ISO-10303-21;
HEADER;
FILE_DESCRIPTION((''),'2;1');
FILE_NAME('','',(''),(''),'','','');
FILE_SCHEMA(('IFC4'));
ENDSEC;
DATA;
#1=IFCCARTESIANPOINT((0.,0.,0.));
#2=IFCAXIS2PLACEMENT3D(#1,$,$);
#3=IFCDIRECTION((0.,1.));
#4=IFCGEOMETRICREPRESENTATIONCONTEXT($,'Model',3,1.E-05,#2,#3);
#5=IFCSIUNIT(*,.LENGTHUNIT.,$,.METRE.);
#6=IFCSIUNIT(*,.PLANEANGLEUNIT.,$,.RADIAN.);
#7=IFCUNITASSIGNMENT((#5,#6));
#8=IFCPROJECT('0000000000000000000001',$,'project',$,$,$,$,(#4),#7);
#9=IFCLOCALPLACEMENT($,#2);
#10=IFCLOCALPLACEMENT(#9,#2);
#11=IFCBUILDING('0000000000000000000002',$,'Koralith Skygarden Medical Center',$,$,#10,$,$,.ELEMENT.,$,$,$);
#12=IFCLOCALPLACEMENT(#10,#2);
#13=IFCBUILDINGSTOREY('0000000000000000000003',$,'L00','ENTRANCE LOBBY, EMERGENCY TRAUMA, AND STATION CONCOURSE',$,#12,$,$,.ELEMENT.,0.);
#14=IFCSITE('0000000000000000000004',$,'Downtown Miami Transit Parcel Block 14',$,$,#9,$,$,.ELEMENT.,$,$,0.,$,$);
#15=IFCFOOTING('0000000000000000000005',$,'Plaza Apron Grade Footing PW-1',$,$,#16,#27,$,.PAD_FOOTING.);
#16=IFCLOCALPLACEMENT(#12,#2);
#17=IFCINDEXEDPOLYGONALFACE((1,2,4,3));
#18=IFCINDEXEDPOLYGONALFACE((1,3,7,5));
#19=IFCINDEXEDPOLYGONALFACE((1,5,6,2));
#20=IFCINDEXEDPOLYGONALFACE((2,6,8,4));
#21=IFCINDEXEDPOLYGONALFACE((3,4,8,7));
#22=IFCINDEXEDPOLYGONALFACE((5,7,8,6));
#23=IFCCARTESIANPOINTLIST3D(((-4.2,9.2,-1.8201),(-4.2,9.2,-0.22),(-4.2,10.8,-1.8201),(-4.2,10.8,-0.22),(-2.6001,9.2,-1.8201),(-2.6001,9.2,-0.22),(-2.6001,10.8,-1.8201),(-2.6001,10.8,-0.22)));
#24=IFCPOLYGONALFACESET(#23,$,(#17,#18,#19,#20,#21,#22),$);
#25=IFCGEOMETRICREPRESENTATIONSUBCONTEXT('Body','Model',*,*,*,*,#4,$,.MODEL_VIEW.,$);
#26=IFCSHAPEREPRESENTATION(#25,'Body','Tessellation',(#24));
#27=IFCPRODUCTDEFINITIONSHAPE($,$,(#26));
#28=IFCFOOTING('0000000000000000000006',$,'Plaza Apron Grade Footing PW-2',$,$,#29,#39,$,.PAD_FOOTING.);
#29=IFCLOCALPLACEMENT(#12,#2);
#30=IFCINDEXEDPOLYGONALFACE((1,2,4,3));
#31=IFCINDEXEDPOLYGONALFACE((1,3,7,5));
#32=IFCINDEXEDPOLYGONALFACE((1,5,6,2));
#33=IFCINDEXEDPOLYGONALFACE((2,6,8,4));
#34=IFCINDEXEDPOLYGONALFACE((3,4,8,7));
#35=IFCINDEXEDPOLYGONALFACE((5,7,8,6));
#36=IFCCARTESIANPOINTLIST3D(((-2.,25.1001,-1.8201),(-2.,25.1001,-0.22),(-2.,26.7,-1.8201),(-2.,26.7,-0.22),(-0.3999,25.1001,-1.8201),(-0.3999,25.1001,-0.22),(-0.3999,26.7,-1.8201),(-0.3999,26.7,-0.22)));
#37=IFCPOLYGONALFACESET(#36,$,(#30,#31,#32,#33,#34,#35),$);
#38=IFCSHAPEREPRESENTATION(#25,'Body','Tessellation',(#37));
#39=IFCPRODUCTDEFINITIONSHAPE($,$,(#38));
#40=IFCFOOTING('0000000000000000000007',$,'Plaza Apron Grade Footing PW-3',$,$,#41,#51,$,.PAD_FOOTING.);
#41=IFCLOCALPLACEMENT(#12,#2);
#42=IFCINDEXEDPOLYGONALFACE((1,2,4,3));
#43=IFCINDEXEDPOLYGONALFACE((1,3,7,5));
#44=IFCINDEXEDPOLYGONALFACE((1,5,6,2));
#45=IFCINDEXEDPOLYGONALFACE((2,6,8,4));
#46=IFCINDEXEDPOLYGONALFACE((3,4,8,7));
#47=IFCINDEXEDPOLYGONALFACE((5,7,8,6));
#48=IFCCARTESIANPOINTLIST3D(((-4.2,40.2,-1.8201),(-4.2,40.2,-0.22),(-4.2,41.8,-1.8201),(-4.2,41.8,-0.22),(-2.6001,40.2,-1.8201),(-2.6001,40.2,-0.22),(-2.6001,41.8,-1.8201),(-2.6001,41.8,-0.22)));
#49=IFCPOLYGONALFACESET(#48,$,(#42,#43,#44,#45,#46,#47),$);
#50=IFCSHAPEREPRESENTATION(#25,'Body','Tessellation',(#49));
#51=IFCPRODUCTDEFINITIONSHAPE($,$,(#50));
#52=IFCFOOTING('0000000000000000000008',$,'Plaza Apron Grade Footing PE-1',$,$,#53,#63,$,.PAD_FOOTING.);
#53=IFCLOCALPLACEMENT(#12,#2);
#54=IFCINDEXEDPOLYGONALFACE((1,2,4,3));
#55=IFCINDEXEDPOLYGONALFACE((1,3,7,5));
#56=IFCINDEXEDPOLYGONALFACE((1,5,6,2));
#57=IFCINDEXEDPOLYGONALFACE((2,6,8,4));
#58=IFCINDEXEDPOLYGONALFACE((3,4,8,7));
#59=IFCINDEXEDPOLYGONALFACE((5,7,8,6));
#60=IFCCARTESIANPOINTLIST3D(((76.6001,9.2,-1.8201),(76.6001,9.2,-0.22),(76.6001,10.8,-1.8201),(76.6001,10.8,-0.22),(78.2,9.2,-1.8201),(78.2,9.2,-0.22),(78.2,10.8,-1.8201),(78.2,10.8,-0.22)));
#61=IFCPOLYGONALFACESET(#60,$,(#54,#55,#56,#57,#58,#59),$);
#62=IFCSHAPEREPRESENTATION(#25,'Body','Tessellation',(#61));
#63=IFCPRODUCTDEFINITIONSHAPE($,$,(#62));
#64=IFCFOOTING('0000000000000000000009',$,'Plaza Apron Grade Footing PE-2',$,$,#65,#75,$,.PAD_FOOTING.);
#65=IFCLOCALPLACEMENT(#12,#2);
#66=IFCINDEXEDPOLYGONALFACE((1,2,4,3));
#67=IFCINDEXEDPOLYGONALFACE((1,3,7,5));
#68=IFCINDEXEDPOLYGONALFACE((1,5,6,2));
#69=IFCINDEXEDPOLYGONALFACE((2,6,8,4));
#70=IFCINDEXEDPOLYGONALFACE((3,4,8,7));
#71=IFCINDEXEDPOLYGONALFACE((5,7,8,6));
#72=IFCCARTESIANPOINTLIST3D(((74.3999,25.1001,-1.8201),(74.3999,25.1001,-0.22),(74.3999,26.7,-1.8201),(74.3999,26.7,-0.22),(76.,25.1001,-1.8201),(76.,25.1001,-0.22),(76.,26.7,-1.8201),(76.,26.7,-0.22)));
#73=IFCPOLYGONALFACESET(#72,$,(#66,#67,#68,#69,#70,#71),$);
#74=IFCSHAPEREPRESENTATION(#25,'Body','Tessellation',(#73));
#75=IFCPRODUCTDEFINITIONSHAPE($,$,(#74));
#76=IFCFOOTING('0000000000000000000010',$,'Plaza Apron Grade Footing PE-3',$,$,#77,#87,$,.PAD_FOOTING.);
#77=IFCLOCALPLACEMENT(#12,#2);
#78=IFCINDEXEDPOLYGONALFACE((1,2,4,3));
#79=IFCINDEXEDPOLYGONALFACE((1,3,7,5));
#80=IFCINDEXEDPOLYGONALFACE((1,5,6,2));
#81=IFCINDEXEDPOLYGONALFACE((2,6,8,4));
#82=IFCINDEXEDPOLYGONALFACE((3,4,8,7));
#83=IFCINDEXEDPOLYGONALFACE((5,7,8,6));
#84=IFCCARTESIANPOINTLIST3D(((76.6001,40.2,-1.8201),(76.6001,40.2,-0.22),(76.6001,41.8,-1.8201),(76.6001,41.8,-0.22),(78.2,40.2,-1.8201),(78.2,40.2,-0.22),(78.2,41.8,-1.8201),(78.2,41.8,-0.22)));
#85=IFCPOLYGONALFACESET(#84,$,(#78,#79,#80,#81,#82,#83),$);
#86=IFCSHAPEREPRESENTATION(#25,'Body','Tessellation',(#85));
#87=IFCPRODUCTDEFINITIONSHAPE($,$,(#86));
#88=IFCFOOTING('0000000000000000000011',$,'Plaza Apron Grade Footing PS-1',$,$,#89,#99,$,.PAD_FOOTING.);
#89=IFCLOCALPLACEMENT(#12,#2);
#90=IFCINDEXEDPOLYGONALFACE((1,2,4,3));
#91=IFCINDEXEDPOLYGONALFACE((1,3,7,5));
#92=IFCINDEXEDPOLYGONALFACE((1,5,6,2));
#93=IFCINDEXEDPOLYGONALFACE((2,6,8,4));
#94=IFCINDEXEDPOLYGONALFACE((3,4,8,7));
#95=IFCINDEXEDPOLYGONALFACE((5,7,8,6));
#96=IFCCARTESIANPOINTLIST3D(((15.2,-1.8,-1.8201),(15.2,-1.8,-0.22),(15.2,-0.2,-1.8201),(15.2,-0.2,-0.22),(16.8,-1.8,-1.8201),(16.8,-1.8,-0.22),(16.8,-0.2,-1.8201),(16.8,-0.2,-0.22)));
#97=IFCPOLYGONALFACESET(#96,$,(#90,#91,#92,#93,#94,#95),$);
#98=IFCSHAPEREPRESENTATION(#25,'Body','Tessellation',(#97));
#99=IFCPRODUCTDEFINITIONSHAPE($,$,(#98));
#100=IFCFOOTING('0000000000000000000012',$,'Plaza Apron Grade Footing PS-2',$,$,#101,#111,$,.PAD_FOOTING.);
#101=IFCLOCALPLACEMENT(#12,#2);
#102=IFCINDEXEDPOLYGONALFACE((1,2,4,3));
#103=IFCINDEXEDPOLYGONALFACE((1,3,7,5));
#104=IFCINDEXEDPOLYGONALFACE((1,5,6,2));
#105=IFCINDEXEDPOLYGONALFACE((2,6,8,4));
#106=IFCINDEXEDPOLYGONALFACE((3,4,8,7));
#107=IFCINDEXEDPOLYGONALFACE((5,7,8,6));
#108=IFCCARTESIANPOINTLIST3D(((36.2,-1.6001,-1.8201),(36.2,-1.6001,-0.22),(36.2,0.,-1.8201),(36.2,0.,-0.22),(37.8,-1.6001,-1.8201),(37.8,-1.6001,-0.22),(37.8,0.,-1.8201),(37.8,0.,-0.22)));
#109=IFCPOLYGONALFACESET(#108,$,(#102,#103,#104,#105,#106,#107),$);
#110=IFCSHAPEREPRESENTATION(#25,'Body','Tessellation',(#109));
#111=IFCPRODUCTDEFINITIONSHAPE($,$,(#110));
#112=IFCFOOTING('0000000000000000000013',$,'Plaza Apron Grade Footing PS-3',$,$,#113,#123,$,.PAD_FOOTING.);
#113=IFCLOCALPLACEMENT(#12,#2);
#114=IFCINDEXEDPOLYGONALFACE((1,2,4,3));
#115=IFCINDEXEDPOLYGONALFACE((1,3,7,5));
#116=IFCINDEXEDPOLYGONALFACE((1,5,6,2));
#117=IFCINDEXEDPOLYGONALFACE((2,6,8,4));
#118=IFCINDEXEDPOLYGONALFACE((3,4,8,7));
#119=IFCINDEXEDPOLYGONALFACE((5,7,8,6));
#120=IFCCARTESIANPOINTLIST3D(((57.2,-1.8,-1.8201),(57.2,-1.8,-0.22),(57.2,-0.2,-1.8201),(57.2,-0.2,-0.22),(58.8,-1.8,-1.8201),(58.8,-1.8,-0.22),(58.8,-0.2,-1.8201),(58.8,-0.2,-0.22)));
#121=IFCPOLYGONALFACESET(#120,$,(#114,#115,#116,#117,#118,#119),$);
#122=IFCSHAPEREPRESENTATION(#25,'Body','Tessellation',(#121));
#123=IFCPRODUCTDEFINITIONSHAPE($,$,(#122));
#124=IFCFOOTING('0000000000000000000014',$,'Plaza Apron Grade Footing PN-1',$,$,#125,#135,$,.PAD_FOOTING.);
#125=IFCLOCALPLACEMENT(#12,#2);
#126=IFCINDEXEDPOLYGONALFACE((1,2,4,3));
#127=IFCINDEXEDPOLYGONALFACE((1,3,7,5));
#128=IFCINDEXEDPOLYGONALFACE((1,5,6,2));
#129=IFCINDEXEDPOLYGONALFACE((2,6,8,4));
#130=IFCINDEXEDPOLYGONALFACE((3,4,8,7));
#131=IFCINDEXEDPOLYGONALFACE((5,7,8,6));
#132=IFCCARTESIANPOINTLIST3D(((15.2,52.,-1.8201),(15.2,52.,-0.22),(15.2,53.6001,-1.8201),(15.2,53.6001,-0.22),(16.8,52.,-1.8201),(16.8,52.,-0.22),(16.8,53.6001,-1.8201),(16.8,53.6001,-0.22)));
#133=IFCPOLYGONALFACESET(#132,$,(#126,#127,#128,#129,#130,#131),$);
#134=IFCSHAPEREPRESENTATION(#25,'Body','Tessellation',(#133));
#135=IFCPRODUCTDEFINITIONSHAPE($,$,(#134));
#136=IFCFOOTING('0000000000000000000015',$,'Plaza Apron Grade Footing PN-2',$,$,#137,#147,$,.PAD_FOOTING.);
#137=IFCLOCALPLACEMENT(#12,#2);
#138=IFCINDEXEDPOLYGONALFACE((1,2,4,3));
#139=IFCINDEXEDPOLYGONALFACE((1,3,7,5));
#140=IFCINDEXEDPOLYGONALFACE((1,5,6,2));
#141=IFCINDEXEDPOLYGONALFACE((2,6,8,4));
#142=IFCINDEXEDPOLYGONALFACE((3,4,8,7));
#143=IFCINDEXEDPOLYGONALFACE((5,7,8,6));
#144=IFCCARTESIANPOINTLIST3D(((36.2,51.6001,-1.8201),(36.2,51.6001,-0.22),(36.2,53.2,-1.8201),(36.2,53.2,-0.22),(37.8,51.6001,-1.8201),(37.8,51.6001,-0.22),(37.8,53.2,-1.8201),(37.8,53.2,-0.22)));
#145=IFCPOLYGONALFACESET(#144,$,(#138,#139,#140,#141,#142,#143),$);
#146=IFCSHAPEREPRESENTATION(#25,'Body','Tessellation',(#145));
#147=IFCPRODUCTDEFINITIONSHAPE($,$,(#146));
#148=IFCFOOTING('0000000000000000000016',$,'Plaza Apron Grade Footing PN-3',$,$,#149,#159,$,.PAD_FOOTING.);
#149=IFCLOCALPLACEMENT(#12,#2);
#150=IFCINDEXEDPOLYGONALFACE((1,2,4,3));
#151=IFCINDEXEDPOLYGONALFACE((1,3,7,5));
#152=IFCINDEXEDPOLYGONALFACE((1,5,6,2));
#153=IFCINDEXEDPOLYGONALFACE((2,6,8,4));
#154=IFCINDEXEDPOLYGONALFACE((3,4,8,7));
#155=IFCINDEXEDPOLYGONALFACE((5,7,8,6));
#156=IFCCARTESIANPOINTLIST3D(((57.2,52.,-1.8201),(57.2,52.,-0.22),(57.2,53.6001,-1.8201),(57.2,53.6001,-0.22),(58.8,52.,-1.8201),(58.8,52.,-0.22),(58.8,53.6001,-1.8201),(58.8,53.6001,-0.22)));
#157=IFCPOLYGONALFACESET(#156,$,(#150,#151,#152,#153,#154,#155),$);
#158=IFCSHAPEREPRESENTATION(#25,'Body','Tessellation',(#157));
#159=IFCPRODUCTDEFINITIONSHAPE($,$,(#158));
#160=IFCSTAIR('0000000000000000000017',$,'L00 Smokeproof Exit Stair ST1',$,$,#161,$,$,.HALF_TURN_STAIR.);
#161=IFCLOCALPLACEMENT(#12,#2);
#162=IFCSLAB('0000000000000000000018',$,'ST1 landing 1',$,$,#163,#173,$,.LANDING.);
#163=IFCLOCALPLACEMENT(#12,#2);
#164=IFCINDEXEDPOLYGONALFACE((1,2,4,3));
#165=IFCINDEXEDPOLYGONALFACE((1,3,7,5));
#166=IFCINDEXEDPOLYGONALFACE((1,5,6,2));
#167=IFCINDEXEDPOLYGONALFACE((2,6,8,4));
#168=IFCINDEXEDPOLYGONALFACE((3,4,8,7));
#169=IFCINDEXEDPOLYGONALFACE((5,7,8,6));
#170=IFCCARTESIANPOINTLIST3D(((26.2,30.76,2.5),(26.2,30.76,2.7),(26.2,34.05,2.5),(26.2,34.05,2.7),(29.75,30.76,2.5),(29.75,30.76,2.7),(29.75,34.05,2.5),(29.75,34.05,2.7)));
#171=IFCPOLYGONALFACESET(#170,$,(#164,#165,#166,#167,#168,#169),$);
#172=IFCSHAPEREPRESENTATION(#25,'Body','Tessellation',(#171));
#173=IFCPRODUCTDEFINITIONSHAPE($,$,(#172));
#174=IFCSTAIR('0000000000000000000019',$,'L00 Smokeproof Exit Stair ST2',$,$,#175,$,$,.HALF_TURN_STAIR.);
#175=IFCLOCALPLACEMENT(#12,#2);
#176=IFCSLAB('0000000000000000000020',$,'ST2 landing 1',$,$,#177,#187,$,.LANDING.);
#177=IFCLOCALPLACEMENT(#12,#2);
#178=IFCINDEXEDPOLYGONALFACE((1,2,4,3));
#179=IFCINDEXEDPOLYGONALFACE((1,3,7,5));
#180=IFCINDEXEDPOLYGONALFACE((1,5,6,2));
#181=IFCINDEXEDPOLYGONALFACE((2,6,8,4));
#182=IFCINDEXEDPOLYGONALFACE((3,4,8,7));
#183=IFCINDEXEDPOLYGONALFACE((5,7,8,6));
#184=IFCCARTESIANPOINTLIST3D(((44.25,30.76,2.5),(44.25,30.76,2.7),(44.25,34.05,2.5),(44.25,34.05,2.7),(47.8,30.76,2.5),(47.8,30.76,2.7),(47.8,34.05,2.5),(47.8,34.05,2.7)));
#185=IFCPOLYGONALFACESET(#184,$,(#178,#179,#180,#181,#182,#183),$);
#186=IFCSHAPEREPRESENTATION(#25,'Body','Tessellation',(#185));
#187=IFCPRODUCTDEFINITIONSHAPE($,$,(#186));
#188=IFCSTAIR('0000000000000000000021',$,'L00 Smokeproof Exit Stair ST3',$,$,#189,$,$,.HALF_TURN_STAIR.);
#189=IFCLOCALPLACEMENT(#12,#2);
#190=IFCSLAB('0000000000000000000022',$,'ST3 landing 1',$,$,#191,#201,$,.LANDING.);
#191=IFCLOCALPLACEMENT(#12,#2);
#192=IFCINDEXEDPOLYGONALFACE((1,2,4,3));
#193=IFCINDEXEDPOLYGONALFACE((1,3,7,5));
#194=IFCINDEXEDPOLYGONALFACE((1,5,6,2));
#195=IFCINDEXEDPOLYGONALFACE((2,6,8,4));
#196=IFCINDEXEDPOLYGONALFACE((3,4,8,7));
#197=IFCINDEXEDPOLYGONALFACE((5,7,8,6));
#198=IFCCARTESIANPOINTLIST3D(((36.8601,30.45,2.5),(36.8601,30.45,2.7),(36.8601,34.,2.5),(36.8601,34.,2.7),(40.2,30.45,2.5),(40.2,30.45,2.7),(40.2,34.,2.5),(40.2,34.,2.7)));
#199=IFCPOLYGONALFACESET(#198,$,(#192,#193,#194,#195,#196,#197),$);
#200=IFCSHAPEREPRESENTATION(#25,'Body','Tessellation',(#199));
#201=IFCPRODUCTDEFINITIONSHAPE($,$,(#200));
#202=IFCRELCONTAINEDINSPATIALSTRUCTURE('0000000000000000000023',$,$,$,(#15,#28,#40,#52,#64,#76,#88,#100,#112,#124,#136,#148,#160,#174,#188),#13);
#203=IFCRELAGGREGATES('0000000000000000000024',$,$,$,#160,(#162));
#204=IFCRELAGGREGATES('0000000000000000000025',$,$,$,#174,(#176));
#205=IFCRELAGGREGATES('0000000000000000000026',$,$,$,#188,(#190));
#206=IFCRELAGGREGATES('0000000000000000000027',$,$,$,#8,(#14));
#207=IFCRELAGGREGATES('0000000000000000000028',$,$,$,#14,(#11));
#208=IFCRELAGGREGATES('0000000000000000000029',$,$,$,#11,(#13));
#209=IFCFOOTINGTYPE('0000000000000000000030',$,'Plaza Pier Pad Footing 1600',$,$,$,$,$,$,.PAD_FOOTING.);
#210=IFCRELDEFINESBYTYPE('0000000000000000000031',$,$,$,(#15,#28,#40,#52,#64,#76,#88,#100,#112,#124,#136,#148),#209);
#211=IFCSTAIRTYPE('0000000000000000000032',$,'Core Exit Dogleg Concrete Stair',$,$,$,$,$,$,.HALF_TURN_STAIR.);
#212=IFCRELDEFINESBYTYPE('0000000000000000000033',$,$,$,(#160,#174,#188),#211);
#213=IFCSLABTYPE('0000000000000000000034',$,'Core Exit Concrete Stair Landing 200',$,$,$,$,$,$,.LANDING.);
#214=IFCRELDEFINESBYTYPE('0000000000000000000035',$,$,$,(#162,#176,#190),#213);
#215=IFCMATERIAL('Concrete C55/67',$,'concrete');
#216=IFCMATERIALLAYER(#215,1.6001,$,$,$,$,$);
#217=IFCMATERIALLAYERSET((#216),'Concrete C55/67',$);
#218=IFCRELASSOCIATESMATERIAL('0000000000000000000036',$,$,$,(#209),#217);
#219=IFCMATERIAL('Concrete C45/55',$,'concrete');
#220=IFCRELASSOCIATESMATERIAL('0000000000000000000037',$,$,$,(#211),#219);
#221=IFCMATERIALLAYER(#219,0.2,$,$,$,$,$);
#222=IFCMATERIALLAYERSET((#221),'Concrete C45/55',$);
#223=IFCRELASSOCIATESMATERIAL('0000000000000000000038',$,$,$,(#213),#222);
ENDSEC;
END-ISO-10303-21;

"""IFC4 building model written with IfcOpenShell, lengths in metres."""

from ifc_helpers import new_model, si_unit, direction, frame, origin, place, context, subcontext, project, spatial, polyline, outline, extrude, material, layer, layer_set, type_object, element, aggregate, save


model = new_model("IFC4")

# Units and contexts
model_context = context("Model", 3, precision=1e-05, world=origin(), true_north=direction((0.0, 1.0)))
body_context = subcontext(model_context, "Body", "Model", "MODEL_VIEW")
ifc_project = project(units=[si_unit("LENGTHUNIT", "METRE"), si_unit("PLANEANGLEUNIT", "RADIAN")], contexts=[model_context])

# Site, building, storey
site_placement = place(None, origin())
site = spatial("IfcSite", under=ifc_project, at=site_placement, Name="Downtown Miami Transit Parcel Block 14", CompositionType="ELEMENT", RefElevation=0.0)
building_placement = place(site_placement, origin())
building = spatial("IfcBuilding", under=site, at=building_placement, Name="Koralith Skygarden Medical Center", CompositionType="ELEMENT")
storey_placement = place(building_placement, origin())
storey = spatial("IfcBuildingStorey", under=building, at=storey_placement, Name="L00", Description="ENTRANCE LOBBY, EMERGENCY TRAUMA, AND STATION CONCOURSE", CompositionType="ELEMENT", Elevation=0.0)

# Footings
ifc_material_1 = material(Name="Concrete C55/67", Category="concrete")
ifc_layer_1 = layer(ifc_material_1, 1.6001)
ifc_layer_set_1 = layer_set([ifc_layer_1], Name="Concrete C55/67")
footing_type = type_object("IfcFootingType", Name="Plaza Pier Pad Footing 1600", PredefinedType="PAD_FOOTING", material=ifc_layer_set_1)
footing_1_placement = place(storey_placement, frame((0.0, 0.0, -1.8201)))
element("IfcFooting", 1, at=footing_1_placement, inside=storey, type_object=footing_type, Name="Plaza Apron Grade Footing PW-1", PredefinedType="PAD_FOOTING", context=body_context, shape_type="SweptSolid", body=[
    extrude(outline(polyline([(-4.2, 9.2), (-2.6001, 9.2), (-2.6001, 10.8), (-4.2, 10.8), (-4.2, 9.2)])), origin(), (0.0, 0.0, 1.0), 1.6001),
])
footing_2_placement = place(storey_placement, frame((0.0, 0.0, -1.8201)))
element("IfcFooting", 2, at=footing_2_placement, inside=storey, type_object=footing_type, Name="Plaza Apron Grade Footing PW-2", PredefinedType="PAD_FOOTING", context=body_context, shape_type="SweptSolid", body=[
    extrude(outline(polyline([(-2.0, 25.1001), (-0.3999, 25.1001), (-0.3999, 26.7), (-2.0, 26.7), (-2.0, 25.1001)])), origin(), (0.0, 0.0, 1.0), 1.6001),
])
footing_3_placement = place(storey_placement, frame((0.0, 0.0, -1.8201)))
element("IfcFooting", 3, at=footing_3_placement, inside=storey, type_object=footing_type, Name="Plaza Apron Grade Footing PW-3", PredefinedType="PAD_FOOTING", context=body_context, shape_type="SweptSolid", body=[
    extrude(outline(polyline([(-4.2, 40.2), (-2.6001, 40.2), (-2.6001, 41.8), (-4.2, 41.8), (-4.2, 40.2)])), origin(), (0.0, 0.0, 1.0), 1.6001),
])
footing_4_placement = place(storey_placement, frame((0.0, 0.0, -1.8201)))
element("IfcFooting", 4, at=footing_4_placement, inside=storey, type_object=footing_type, Name="Plaza Apron Grade Footing PE-1", PredefinedType="PAD_FOOTING", context=body_context, shape_type="SweptSolid", body=[
    extrude(outline(polyline([(76.6001, 9.2), (78.2, 9.2), (78.2, 10.8), (76.6001, 10.8), (76.6001, 9.2)])), origin(), (0.0, 0.0, 1.0), 1.6001),
])
footing_5_placement = place(storey_placement, frame((0.0, 0.0, -1.8201)))
element("IfcFooting", 5, at=footing_5_placement, inside=storey, type_object=footing_type, Name="Plaza Apron Grade Footing PE-2", PredefinedType="PAD_FOOTING", context=body_context, shape_type="SweptSolid", body=[
    extrude(outline(polyline([(74.3999, 25.1001), (76.0, 25.1001), (76.0, 26.7), (74.3999, 26.7), (74.3999, 25.1001)])), origin(), (0.0, 0.0, 1.0), 1.6001),
])
footing_6_placement = place(storey_placement, frame((0.0, 0.0, -1.8201)))
element("IfcFooting", 6, at=footing_6_placement, inside=storey, type_object=footing_type, Name="Plaza Apron Grade Footing PE-3", PredefinedType="PAD_FOOTING", context=body_context, shape_type="SweptSolid", body=[
    extrude(outline(polyline([(76.6001, 40.2), (78.2, 40.2), (78.2, 41.8), (76.6001, 41.8), (76.6001, 40.2)])), origin(), (0.0, 0.0, 1.0), 1.6001),
])
footing_7_placement = place(storey_placement, frame((0.0, 0.0, -1.8201)))
element("IfcFooting", 7, at=footing_7_placement, inside=storey, type_object=footing_type, Name="Plaza Apron Grade Footing PS-1", PredefinedType="PAD_FOOTING", context=body_context, shape_type="SweptSolid", body=[
    extrude(outline(polyline([(15.2, -1.8), (16.8, -1.8), (16.8, -0.2), (15.2, -0.2), (15.2, -1.8)])), origin(), (0.0, 0.0, 1.0), 1.6001),
])
footing_8_placement = place(storey_placement, frame((0.0, 0.0, -1.8201)))
element("IfcFooting", 8, at=footing_8_placement, inside=storey, type_object=footing_type, Name="Plaza Apron Grade Footing PS-2", PredefinedType="PAD_FOOTING", context=body_context, shape_type="SweptSolid", body=[
    extrude(outline(polyline([(36.2, -1.6001), (37.8, -1.6001), (37.8, 0.0), (36.2, 0.0), (36.2, -1.6001)])), origin(), (0.0, 0.0, 1.0), 1.6001),
])
footing_9_placement = place(storey_placement, frame((0.0, 0.0, -1.8201)))
element("IfcFooting", 9, at=footing_9_placement, inside=storey, type_object=footing_type, Name="Plaza Apron Grade Footing PS-3", PredefinedType="PAD_FOOTING", context=body_context, shape_type="SweptSolid", body=[
    extrude(outline(polyline([(57.2, -1.8), (58.8, -1.8), (58.8, -0.2), (57.2, -0.2), (57.2, -1.8)])), origin(), (0.0, 0.0, 1.0), 1.6001),
])
footing_10_placement = place(storey_placement, frame((0.0, 0.0, -1.8201)))
element("IfcFooting", 10, at=footing_10_placement, inside=storey, type_object=footing_type, Name="Plaza Apron Grade Footing PN-1", PredefinedType="PAD_FOOTING", context=body_context, shape_type="SweptSolid", body=[
    extrude(outline(polyline([(15.2, 52.0), (16.8, 52.0), (16.8, 53.6001), (15.2, 53.6001), (15.2, 52.0)])), origin(), (0.0, 0.0, 1.0), 1.6001),
])
footing_11_placement = place(storey_placement, frame((0.0, 0.0, -1.8201)))
element("IfcFooting", 11, at=footing_11_placement, inside=storey, type_object=footing_type, Name="Plaza Apron Grade Footing PN-2", PredefinedType="PAD_FOOTING", context=body_context, shape_type="SweptSolid", body=[
    extrude(outline(polyline([(36.2, 51.6001), (37.8, 51.6001), (37.8, 53.2), (36.2, 53.2), (36.2, 51.6001)])), origin(), (0.0, 0.0, 1.0), 1.6001),
])
footing_12_placement = place(storey_placement, frame((0.0, 0.0, -1.8201)))
element("IfcFooting", 12, at=footing_12_placement, inside=storey, type_object=footing_type, Name="Plaza Apron Grade Footing PN-3", PredefinedType="PAD_FOOTING", context=body_context, shape_type="SweptSolid", body=[
    extrude(outline(polyline([(57.2, 52.0), (58.8, 52.0), (58.8, 53.6001), (57.2, 53.6001), (57.2, 52.0)])), origin(), (0.0, 0.0, 1.0), 1.6001),
])

# Stairs, slabs
ifc_material_2 = material(Name="Concrete C45/55", Category="concrete")
stair_type = type_object("IfcStairType", Name="Core Exit Dogleg Concrete Stair", PredefinedType="HALF_TURN_STAIR", material=ifc_material_2)
stair_1_placement = place(storey_placement, origin())
stair_1 = element("IfcStair", 13, at=stair_1_placement, inside=storey, type_object=stair_type, Name="L00 Smokeproof Exit Stair ST1", PredefinedType="HALF_TURN_STAIR")
ifc_layer_2 = layer(ifc_material_2, 0.2)
ifc_layer_set_2 = layer_set([ifc_layer_2], Name="Concrete C45/55")
slab_type_1 = type_object("IfcSlabType", Name="Core Exit Concrete Stair Landing 200", PredefinedType="LANDING", material=ifc_layer_set_2)
slab_1_placement = place(storey_placement, frame((0.0, 0.0, 2.5)))
slab_1 = element("IfcSlab", 14, at=slab_1_placement, type_object=slab_type_1, Name="ST1 landing 1", PredefinedType="LANDING", context=body_context, shape_type="SweptSolid", body=[
    extrude(outline(polyline([(29.75, 30.76), (29.75, 34.05), (26.2, 34.05), (26.2, 30.76), (29.75, 30.76)])), origin(), (0.0, 0.0, 1.0), 0.2),
])
aggregate(stair_1, [slab_1])
stair_2_placement = place(storey_placement, origin())
stair_2 = element("IfcStair", 15, at=stair_2_placement, inside=storey, type_object=stair_type, Name="L00 Smokeproof Exit Stair ST2", PredefinedType="HALF_TURN_STAIR")
slab_2_placement = place(storey_placement, frame((0.0, 0.0, 2.5)))
slab_2 = element("IfcSlab", 16, at=slab_2_placement, type_object=slab_type_1, Name="ST2 landing 1", PredefinedType="LANDING", context=body_context, shape_type="SweptSolid", body=[
    extrude(outline(polyline([(47.8, 30.76), (47.8, 34.05), (44.25, 34.05), (44.25, 30.76), (47.8, 30.76)])), origin(), (0.0, 0.0, 1.0), 0.2),
])
aggregate(stair_2, [slab_2])
stair_3_placement = place(storey_placement, origin())
stair_3 = element("IfcStair", 17, at=stair_3_placement, inside=storey, type_object=stair_type, Name="L00 Smokeproof Exit Stair ST3", PredefinedType="HALF_TURN_STAIR")
slab_3_placement = place(storey_placement, frame((0.0, 0.0, 2.5)))
slab_3 = element("IfcSlab", 18, at=slab_3_placement, type_object=slab_type_1, Name="ST3 landing 1", PredefinedType="LANDING", context=body_context, shape_type="SweptSolid", body=[
    extrude(outline(polyline([(36.8601, 30.45), (40.2, 30.45), (40.2, 34.0), (36.8601, 34.0), (36.8601, 30.45)])), origin(), (0.0, 0.0, 1.0), 0.2),
])
aggregate(stair_3, [slab_3])

save(model, "model.ifc")
